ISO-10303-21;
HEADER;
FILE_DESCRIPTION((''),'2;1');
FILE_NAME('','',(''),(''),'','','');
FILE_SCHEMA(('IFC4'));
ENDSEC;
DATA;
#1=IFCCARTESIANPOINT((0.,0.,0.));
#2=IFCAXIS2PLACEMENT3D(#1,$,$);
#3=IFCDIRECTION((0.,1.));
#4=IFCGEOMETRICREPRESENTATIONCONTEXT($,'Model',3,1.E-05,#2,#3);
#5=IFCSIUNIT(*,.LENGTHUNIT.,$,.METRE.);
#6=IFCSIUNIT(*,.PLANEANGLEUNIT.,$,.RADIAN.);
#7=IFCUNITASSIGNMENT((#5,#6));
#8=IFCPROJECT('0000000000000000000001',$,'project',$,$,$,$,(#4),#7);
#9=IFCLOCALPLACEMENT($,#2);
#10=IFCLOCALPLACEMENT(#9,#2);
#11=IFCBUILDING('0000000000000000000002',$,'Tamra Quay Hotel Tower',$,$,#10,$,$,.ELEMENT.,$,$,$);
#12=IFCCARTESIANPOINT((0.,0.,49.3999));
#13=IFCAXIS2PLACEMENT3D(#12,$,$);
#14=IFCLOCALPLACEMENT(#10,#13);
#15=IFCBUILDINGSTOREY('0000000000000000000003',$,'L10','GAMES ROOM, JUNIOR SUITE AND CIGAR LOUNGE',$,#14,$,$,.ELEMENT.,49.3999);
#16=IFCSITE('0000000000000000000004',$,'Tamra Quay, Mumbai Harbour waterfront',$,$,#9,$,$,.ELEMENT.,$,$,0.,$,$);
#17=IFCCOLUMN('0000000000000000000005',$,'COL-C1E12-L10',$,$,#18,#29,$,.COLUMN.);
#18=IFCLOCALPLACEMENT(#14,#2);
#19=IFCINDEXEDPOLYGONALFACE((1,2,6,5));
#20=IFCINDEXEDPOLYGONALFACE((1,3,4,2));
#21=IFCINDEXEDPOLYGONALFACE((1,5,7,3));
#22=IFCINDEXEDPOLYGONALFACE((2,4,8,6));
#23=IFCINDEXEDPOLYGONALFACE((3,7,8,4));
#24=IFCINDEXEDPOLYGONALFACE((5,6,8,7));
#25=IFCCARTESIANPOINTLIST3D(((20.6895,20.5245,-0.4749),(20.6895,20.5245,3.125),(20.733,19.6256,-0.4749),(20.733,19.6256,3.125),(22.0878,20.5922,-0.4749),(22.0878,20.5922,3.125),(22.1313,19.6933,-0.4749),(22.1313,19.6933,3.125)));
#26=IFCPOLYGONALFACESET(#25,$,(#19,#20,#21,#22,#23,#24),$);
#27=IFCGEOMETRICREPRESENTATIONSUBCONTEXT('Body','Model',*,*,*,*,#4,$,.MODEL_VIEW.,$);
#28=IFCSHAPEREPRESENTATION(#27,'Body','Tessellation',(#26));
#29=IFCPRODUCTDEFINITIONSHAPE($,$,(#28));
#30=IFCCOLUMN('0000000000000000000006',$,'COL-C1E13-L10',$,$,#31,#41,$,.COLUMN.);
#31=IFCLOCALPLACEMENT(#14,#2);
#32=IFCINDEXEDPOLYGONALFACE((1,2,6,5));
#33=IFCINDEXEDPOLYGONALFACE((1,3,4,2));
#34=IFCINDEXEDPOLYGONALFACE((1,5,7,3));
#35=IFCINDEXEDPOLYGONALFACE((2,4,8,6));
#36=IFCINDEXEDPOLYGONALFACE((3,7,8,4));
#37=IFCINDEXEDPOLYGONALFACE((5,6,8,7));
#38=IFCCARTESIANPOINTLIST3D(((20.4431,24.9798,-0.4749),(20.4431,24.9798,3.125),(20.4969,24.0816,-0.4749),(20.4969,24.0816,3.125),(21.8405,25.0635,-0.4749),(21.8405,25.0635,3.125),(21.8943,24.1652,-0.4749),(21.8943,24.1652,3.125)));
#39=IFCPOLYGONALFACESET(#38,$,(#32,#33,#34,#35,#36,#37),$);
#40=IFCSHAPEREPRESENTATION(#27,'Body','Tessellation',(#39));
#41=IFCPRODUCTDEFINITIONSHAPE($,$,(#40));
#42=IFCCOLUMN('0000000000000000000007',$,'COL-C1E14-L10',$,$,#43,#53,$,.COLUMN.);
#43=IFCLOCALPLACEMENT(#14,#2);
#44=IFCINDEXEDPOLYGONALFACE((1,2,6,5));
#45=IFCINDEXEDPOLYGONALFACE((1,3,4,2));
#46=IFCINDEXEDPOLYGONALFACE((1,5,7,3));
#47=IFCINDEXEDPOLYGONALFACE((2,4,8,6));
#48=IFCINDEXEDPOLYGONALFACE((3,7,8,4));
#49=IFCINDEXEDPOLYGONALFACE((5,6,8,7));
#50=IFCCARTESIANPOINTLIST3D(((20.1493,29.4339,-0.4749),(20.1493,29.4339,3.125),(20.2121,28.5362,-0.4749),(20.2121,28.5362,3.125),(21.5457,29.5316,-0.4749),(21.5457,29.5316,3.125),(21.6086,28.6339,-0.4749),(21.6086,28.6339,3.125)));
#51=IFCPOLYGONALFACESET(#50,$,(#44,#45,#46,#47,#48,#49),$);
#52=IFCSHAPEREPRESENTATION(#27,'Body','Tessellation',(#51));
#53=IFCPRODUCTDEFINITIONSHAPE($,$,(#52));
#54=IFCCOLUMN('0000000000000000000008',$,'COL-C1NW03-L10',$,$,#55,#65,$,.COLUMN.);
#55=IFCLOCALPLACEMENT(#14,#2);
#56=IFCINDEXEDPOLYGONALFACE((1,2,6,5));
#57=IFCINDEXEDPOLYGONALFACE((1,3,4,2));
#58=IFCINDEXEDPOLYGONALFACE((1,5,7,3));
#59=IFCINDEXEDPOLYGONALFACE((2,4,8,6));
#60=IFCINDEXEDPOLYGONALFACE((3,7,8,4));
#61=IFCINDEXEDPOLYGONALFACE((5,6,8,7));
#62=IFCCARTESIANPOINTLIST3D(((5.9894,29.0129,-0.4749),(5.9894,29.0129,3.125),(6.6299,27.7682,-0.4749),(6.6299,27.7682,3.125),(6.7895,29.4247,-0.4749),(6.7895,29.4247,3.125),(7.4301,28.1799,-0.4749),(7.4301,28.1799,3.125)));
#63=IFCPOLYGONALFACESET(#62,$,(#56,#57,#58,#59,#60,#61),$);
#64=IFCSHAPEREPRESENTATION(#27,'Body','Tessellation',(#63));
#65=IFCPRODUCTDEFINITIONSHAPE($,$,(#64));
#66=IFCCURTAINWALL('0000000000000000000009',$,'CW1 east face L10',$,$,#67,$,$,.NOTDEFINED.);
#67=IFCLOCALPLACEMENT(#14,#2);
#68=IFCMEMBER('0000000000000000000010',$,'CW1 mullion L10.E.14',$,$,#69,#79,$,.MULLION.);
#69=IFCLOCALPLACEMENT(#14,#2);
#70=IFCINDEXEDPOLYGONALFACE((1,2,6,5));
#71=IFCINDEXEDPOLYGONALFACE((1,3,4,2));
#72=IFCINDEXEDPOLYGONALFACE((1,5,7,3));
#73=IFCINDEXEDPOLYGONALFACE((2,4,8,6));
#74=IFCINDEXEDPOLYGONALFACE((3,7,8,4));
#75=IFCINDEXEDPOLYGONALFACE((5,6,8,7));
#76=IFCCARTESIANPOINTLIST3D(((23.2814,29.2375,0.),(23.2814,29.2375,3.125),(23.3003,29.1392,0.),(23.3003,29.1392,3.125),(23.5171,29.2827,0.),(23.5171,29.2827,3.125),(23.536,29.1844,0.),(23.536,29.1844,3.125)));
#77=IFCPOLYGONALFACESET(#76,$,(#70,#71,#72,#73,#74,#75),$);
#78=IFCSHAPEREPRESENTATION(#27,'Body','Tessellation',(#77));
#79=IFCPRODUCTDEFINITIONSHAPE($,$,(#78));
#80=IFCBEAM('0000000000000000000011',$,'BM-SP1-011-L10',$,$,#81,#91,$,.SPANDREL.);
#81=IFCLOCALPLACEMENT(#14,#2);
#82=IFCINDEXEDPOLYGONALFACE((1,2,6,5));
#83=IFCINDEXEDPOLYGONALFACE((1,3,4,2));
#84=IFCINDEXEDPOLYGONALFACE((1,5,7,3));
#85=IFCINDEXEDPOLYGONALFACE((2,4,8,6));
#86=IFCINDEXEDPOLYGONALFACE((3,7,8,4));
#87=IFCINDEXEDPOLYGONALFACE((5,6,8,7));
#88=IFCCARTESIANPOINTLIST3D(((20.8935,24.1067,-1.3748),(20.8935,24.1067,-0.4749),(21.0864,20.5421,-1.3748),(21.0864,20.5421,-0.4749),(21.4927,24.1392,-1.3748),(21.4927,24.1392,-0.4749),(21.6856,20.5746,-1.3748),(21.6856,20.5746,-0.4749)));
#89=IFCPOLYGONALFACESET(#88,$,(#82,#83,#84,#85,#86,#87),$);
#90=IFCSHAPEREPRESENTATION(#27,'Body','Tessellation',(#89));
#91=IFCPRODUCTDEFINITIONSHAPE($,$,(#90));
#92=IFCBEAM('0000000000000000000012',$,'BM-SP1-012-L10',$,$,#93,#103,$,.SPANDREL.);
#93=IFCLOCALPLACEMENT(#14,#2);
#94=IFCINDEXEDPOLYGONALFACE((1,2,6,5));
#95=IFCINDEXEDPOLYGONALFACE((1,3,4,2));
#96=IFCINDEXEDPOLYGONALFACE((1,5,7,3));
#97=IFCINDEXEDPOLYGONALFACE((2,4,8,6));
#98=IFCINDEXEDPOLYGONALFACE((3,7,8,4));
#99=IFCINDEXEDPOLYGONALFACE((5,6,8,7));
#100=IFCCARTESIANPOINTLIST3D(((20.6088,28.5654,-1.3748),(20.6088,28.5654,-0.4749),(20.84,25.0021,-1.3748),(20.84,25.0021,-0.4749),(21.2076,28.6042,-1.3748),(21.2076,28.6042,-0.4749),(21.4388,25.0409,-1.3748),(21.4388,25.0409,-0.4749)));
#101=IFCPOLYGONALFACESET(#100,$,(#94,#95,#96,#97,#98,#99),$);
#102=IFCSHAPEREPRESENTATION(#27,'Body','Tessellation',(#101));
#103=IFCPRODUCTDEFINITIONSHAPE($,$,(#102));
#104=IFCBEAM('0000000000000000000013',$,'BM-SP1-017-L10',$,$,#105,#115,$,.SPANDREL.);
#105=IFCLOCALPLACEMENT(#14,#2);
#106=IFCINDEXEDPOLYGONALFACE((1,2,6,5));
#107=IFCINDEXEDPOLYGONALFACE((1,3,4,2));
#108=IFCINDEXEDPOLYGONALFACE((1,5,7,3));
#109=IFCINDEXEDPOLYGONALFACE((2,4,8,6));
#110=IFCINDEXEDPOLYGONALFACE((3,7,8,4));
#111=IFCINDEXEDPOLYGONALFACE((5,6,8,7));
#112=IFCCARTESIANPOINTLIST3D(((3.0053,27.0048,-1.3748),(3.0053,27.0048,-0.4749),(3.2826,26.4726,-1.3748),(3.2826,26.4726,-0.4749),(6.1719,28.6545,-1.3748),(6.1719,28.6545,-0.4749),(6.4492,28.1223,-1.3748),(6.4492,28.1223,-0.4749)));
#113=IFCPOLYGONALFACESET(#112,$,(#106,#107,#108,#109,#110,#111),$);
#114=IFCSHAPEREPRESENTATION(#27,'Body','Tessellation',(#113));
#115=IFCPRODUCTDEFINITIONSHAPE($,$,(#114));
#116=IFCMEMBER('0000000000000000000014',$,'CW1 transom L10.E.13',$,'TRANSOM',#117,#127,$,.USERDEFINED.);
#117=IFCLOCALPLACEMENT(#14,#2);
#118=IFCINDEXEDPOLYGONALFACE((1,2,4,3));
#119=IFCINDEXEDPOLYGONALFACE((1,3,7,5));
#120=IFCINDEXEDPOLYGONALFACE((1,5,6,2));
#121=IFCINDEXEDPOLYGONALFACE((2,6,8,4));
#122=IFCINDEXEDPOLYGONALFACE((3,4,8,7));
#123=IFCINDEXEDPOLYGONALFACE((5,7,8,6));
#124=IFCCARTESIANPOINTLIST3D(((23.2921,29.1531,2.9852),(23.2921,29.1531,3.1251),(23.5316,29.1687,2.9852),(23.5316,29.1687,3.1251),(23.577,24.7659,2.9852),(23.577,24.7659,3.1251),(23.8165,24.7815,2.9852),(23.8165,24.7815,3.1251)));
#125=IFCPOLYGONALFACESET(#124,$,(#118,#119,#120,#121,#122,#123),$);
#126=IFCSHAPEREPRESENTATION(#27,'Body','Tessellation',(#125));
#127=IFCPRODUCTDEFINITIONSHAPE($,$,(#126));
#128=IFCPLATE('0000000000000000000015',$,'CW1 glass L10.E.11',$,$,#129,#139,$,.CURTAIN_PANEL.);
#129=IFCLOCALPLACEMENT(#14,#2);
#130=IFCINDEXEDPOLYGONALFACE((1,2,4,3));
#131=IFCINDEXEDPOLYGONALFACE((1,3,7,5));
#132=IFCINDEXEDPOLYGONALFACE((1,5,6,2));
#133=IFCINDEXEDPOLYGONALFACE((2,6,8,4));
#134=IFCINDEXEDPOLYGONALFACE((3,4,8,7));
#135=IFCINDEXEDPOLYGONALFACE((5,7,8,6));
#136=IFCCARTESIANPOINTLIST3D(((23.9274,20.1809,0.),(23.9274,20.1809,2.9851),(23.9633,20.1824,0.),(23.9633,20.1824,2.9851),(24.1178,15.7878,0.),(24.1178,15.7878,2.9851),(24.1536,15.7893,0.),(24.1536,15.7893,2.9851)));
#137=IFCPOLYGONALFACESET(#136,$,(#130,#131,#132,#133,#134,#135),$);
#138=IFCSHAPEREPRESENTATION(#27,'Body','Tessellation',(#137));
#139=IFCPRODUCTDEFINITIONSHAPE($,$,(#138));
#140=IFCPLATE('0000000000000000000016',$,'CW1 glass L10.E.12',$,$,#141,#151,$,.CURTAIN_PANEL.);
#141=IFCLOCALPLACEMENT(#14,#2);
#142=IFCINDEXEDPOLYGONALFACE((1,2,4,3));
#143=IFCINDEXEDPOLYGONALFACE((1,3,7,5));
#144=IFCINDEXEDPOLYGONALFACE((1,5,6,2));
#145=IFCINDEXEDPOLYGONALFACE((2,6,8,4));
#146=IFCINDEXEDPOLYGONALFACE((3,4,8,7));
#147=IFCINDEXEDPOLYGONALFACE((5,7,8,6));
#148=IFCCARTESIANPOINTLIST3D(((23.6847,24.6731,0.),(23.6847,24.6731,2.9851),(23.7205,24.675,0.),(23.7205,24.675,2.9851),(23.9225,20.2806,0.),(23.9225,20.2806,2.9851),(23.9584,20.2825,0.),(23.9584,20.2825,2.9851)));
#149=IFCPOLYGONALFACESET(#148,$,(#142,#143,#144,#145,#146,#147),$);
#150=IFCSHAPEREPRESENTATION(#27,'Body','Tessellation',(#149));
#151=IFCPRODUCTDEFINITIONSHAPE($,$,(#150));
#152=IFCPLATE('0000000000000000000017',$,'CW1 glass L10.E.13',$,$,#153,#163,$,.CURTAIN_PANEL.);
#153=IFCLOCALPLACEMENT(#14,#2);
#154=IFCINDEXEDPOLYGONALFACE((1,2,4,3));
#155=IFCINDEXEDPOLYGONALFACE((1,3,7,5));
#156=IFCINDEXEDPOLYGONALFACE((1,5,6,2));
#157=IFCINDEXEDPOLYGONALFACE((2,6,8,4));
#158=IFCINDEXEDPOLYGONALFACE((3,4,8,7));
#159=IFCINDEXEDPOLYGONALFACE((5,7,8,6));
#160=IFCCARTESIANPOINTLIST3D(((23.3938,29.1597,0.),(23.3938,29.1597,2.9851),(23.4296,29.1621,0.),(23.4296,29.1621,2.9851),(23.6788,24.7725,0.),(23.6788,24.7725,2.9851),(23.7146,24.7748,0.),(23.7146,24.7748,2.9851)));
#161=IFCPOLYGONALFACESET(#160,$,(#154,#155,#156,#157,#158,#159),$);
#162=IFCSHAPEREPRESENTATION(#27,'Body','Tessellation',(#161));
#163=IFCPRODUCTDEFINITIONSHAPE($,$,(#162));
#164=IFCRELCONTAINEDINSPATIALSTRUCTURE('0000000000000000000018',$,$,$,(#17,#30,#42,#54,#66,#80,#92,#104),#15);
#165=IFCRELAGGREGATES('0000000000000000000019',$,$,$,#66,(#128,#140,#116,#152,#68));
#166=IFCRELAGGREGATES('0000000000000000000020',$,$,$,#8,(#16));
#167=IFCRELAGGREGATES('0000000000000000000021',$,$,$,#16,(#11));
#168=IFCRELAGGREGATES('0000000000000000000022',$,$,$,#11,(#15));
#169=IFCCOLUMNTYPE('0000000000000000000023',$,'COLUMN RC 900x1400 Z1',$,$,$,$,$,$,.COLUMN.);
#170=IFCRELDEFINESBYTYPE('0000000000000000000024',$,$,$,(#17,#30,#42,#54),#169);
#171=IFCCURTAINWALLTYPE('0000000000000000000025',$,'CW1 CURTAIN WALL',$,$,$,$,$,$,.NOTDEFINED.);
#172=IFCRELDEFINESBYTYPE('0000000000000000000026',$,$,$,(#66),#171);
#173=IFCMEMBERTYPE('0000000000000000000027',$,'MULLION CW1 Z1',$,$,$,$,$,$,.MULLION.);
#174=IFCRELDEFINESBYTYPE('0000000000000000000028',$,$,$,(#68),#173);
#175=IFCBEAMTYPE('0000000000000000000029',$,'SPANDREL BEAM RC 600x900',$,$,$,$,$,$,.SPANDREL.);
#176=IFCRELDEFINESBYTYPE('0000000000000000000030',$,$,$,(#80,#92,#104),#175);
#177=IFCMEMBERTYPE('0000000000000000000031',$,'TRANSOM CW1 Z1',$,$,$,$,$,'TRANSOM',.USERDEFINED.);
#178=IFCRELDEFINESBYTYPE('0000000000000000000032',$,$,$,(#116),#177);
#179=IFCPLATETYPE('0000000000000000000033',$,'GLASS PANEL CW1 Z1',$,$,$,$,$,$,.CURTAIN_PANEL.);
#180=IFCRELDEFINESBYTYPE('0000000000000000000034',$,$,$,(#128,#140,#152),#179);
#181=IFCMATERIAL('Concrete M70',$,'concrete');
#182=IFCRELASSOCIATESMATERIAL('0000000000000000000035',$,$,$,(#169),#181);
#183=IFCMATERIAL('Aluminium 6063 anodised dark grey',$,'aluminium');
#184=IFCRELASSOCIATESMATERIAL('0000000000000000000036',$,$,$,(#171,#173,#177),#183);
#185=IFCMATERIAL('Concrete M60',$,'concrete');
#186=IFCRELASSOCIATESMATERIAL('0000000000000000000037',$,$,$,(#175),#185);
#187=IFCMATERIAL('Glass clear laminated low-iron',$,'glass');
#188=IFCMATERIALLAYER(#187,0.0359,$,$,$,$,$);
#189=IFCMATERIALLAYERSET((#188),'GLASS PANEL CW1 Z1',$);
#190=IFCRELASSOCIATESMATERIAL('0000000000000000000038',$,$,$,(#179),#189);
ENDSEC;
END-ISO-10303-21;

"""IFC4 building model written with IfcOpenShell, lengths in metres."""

from ifc_helpers import new_model, si_unit, direction, frame, origin, origin_2d, place, context, subcontext, project, spatial, rectangle, extrude, material, layer, layer_set, material_profile, profile_set, type_object, element, aggregate, save


model = new_model("IFC4")

# Units and contexts
model_context = context("Model", 3, precision=1e-05, world=origin(), true_north=direction((0.0, 1.0)))
body_context = subcontext(model_context, "Body", "Model", "MODEL_VIEW")
ifc_project = project(units=[si_unit("LENGTHUNIT", "METRE"), si_unit("PLANEANGLEUNIT", "RADIAN")], contexts=[model_context])

# Site, building, storey
site_placement = place(None, origin())
site = spatial("IfcSite", under=ifc_project, at=site_placement, Name="Tamra Quay, Mumbai Harbour waterfront", CompositionType="ELEMENT", RefElevation=0.0)
building_placement = place(site_placement, origin())
building = spatial("IfcBuilding", under=site, at=building_placement, Name="Tamra Quay Hotel Tower", CompositionType="ELEMENT")
storey_placement = place(building_placement, frame((0.0, 0.0, 49.3999)))
storey = spatial("IfcBuildingStorey", under=building, at=storey_placement, Name="L10", Description="GAMES ROOM, JUNIOR SUITE AND CIGAR LOUNGE", CompositionType="ELEMENT", Elevation=49.3999)

# Columns
ifc_material_1 = material(Name="Concrete M70", Category="concrete")
ifc_material_profile_1 = material_profile(ifc_material_1, rectangle(XDim=1.3999, YDim=0.8999, at=origin_2d()), Name="COLUMN RC 900x1400 Z1")
ifc_profile_set_1 = profile_set([ifc_material_profile_1], Name="Concrete M70")
column_type = type_object("IfcColumnType", Name="COLUMN RC 900x1400 Z1", PredefinedType="COLUMN", material=ifc_profile_set_1)
for number, where, z_axis, x_axis, name in (
    (1, (21.4104, 20.1089, -0.4749), (0.0, 0.0, 1.0), (0.998831, 0.048344, 0.0), "COL-C1E12-L10"),
    (2, (21.1687, 24.5725, -0.4749), (0.0, 0.0, 1.0), (0.998214, 0.059733, 0.0), "COL-C1E13-L10"),
    (3, (20.8789, 29.0339, -0.4749), (0.0, 0.0, 1.0), (0.997562, 0.06979, 0.0), "COL-C1E14-L10"),
    (4, (6.7097, 28.5964, -0.4749), (0.0, 0.0, 1.0), (-0.457548, 0.889185, 0.0), "COL-C1NW03-L10"),
):
    element("IfcColumn", number, at=place(storey_placement, frame(where, z_axis=z_axis, x_axis=x_axis)), inside=storey, type_object=column_type, Name=name, PredefinedType="COLUMN", context=body_context, shape_type="SweptSolid", body=[
        extrude(rectangle(XDim=1.3999, YDim=0.8999, at=origin_2d()), origin(), (0.0, 0.0, 1.0), 3.5999),
    ])

# Curtain wall, member
ifc_material_2 = material(Name="Aluminium 6063 anodised dark grey", Category="aluminium")
curtain_wall_type = type_object("IfcCurtainWallType", Name="CW1 CURTAIN WALL", PredefinedType="NOTDEFINED", material=ifc_material_2)
curtain_wall_placement = place(storey_placement, origin())
curtain_wall = element("IfcCurtainWall", 5, at=curtain_wall_placement, inside=storey, type_object=curtain_wall_type, Name="CW1 east face L10", PredefinedType="NOTDEFINED")
ifc_material_profile_2 = material_profile(ifc_material_2, rectangle(XDim=0.24, YDim=0.1001, at=origin_2d()), Name="MULLION 100X240")
ifc_profile_set_2 = profile_set([ifc_material_profile_2], Name="Aluminium 6063 anodised dark grey")
member_type_1 = type_object("IfcMemberType", Name="MULLION CW1 Z1", PredefinedType="MULLION", material=ifc_profile_set_2)
member_1_placement = place(storey_placement, frame((23.4087, 29.2109, 0.0), z_axis=(0.0, 0.0, 1.0), x_axis=(0.982095, 0.188389, 0.0)))
member_1 = element("IfcMember", 6, at=member_1_placement, type_object=member_type_1, Name="CW1 mullion L10.E.14", PredefinedType="MULLION", context=body_context, shape_type="SweptSolid", body=[
    extrude(rectangle(XDim=0.24, YDim=0.1001, at=origin_2d()), origin(), (0.0, 0.0, 1.0), 3.125),
])

# Beams
ifc_material_3 = material(Name="Concrete M60", Category="concrete")
ifc_material_profile_3 = material_profile(ifc_material_3, rectangle(XDim=0.6001, YDim=0.8999, at=origin_2d()), Name="SPANDREL BEAM RC 600x900")
ifc_profile_set_3 = profile_set([ifc_material_profile_3], Name="Concrete M60")
beam_type = type_object("IfcBeamType", Name="SPANDREL BEAM RC 600x900", PredefinedType="SPANDREL", material=ifc_profile_set_3)
beam_1_placement = place(storey_placement, frame((21.386, 20.5583, -0.9248), z_axis=(-0.054027, 0.998539, 0.0), x_axis=(-0.998539, -0.054027, 0.0)))
element("IfcBeam", 7, at=beam_1_placement, inside=storey, type_object=beam_type, Name="BM-SP1-011-L10", PredefinedType="SPANDREL", context=body_context, shape_type="SweptSolid", body=[
    extrude(rectangle(XDim=0.6001, YDim=0.8999, at=origin_2d()), origin(), (0.0, 0.0, 1.0), 3.5698),
])
beam_2_placement = place(storey_placement, frame((21.1394, 25.0215, -0.9248), z_axis=(-0.064749, 0.997902, 0.0), x_axis=(-0.997902, -0.064749, 0.0)))
element("IfcBeam", 8, at=beam_2_placement, inside=storey, type_object=beam_type, Name="BM-SP1-012-L10", PredefinedType="SPANDREL", context=body_context, shape_type="SweptSolid", body=[
    extrude(rectangle(XDim=0.6001, YDim=0.8999, at=origin_2d()), origin(), (0.0, 0.0, 1.0), 3.5708),
])
beam_3_placement = place(storey_placement, frame((6.3105, 28.3884, -0.9248), z_axis=(-0.886864, -0.462031, 0.0), x_axis=(0.462031, -0.886864, 0.0)))
element("IfcBeam", 9, at=beam_3_placement, inside=storey, type_object=beam_type, Name="BM-SP1-017-L10", PredefinedType="SPANDREL", context=body_context, shape_type="SweptSolid", body=[
    extrude(rectangle(XDim=0.6001, YDim=0.8999, at=origin_2d()), origin(), (0.0, 0.0, 1.0), 3.5706),
])

# Member
ifc_material_profile_4 = material_profile(ifc_material_2, rectangle(XDim=0.24, YDim=0.1399, at=origin_2d()), Name="TRANSOM 240X140")
ifc_profile_set_4 = profile_set([ifc_material_profile_4], Name="Aluminium 6063 anodised dark grey")
member_type_2 = type_object("IfcMemberType", Name="TRANSOM CW1 Z1", ElementType="TRANSOM", PredefinedType="USERDEFINED", material=ifc_profile_set_4)
member_2_placement = place(storey_placement, frame((23.6968, 24.7737, 3.0552), z_axis=(-0.064805, 0.997898, 0.0), x_axis=(-0.997898, -0.064805, 0.0)))
member_2 = element("IfcMember", 10, at=member_2_placement, type_object=member_type_2, Name="CW1 transom L10.E.13", ObjectType="TRANSOM", PredefinedType="USERDEFINED", context=body_context, shape_type="SweptSolid", body=[
    extrude(rectangle(XDim=0.24, YDim=0.1399, at=origin_2d()), origin(), (0.0, 0.0, 1.0), 4.3965),
])

# Plates
ifc_material_4 = material(Name="Glass clear laminated low-iron", Category="glass")
ifc_layer_1 = layer(ifc_material_4, 0.0359)
ifc_layer_set_1 = layer_set([ifc_layer_1], Name="GLASS PANEL CW1 Z1")
plate_type = type_object("IfcPlateType", Name="GLASS PANEL CW1 Z1", PredefinedType="CURTAIN_PANEL", material=ifc_layer_set_1)
plate_1_placement = place(storey_placement, frame((24.0405, 17.9851, 0.0), z_axis=(0.0, 0.0, 1.0), x_axis=(-0.043285, 0.999063, 0.0)))
plate_1 = element("IfcPlate", 11, at=plate_1_placement, type_object=plate_type, Name="CW1 glass L10.E.11", PredefinedType="CURTAIN_PANEL", context=body_context, shape_type="SweptSolid", body=[
    extrude(rectangle(XDim=4.3972, YDim=0.0359, at=origin_2d()), origin(), (0.0, 0.0, 1.0), 2.9851),
])
plate_2_placement = place(storey_placement, frame((23.8215, 22.4778, 0.0), z_axis=(0.0, 0.0, 1.0), x_axis=(-0.054062, 0.998538, 0.0)))
plate_2 = element("IfcPlate", 12, at=plate_2_placement, type_object=plate_type, Name="CW1 glass L10.E.12", PredefinedType="CURTAIN_PANEL", context=body_context, shape_type="SweptSolid", body=[
    extrude(rectangle(XDim=4.3989, YDim=0.0359, at=origin_2d()), origin(), (0.0, 0.0, 1.0), 2.9851),
])
plate_3_placement = place(storey_placement, frame((23.5542, 26.9673, 0.0), z_axis=(0.0, 0.0, 1.0), x_axis=(-0.064813, 0.997897, 0.0)))
plate_3 = element("IfcPlate", 13, at=plate_3_placement, type_object=plate_type, Name="CW1 glass L10.E.13", PredefinedType="CURTAIN_PANEL", context=body_context, shape_type="SweptSolid", body=[
    extrude(rectangle(XDim=4.3965, YDim=0.0359, at=origin_2d()), origin(), (0.0, 0.0, 1.0), 2.9851),
])
aggregate(curtain_wall, [plate_1, plate_2, member_2, plate_3, member_1])

save(model, "model.ifc")
